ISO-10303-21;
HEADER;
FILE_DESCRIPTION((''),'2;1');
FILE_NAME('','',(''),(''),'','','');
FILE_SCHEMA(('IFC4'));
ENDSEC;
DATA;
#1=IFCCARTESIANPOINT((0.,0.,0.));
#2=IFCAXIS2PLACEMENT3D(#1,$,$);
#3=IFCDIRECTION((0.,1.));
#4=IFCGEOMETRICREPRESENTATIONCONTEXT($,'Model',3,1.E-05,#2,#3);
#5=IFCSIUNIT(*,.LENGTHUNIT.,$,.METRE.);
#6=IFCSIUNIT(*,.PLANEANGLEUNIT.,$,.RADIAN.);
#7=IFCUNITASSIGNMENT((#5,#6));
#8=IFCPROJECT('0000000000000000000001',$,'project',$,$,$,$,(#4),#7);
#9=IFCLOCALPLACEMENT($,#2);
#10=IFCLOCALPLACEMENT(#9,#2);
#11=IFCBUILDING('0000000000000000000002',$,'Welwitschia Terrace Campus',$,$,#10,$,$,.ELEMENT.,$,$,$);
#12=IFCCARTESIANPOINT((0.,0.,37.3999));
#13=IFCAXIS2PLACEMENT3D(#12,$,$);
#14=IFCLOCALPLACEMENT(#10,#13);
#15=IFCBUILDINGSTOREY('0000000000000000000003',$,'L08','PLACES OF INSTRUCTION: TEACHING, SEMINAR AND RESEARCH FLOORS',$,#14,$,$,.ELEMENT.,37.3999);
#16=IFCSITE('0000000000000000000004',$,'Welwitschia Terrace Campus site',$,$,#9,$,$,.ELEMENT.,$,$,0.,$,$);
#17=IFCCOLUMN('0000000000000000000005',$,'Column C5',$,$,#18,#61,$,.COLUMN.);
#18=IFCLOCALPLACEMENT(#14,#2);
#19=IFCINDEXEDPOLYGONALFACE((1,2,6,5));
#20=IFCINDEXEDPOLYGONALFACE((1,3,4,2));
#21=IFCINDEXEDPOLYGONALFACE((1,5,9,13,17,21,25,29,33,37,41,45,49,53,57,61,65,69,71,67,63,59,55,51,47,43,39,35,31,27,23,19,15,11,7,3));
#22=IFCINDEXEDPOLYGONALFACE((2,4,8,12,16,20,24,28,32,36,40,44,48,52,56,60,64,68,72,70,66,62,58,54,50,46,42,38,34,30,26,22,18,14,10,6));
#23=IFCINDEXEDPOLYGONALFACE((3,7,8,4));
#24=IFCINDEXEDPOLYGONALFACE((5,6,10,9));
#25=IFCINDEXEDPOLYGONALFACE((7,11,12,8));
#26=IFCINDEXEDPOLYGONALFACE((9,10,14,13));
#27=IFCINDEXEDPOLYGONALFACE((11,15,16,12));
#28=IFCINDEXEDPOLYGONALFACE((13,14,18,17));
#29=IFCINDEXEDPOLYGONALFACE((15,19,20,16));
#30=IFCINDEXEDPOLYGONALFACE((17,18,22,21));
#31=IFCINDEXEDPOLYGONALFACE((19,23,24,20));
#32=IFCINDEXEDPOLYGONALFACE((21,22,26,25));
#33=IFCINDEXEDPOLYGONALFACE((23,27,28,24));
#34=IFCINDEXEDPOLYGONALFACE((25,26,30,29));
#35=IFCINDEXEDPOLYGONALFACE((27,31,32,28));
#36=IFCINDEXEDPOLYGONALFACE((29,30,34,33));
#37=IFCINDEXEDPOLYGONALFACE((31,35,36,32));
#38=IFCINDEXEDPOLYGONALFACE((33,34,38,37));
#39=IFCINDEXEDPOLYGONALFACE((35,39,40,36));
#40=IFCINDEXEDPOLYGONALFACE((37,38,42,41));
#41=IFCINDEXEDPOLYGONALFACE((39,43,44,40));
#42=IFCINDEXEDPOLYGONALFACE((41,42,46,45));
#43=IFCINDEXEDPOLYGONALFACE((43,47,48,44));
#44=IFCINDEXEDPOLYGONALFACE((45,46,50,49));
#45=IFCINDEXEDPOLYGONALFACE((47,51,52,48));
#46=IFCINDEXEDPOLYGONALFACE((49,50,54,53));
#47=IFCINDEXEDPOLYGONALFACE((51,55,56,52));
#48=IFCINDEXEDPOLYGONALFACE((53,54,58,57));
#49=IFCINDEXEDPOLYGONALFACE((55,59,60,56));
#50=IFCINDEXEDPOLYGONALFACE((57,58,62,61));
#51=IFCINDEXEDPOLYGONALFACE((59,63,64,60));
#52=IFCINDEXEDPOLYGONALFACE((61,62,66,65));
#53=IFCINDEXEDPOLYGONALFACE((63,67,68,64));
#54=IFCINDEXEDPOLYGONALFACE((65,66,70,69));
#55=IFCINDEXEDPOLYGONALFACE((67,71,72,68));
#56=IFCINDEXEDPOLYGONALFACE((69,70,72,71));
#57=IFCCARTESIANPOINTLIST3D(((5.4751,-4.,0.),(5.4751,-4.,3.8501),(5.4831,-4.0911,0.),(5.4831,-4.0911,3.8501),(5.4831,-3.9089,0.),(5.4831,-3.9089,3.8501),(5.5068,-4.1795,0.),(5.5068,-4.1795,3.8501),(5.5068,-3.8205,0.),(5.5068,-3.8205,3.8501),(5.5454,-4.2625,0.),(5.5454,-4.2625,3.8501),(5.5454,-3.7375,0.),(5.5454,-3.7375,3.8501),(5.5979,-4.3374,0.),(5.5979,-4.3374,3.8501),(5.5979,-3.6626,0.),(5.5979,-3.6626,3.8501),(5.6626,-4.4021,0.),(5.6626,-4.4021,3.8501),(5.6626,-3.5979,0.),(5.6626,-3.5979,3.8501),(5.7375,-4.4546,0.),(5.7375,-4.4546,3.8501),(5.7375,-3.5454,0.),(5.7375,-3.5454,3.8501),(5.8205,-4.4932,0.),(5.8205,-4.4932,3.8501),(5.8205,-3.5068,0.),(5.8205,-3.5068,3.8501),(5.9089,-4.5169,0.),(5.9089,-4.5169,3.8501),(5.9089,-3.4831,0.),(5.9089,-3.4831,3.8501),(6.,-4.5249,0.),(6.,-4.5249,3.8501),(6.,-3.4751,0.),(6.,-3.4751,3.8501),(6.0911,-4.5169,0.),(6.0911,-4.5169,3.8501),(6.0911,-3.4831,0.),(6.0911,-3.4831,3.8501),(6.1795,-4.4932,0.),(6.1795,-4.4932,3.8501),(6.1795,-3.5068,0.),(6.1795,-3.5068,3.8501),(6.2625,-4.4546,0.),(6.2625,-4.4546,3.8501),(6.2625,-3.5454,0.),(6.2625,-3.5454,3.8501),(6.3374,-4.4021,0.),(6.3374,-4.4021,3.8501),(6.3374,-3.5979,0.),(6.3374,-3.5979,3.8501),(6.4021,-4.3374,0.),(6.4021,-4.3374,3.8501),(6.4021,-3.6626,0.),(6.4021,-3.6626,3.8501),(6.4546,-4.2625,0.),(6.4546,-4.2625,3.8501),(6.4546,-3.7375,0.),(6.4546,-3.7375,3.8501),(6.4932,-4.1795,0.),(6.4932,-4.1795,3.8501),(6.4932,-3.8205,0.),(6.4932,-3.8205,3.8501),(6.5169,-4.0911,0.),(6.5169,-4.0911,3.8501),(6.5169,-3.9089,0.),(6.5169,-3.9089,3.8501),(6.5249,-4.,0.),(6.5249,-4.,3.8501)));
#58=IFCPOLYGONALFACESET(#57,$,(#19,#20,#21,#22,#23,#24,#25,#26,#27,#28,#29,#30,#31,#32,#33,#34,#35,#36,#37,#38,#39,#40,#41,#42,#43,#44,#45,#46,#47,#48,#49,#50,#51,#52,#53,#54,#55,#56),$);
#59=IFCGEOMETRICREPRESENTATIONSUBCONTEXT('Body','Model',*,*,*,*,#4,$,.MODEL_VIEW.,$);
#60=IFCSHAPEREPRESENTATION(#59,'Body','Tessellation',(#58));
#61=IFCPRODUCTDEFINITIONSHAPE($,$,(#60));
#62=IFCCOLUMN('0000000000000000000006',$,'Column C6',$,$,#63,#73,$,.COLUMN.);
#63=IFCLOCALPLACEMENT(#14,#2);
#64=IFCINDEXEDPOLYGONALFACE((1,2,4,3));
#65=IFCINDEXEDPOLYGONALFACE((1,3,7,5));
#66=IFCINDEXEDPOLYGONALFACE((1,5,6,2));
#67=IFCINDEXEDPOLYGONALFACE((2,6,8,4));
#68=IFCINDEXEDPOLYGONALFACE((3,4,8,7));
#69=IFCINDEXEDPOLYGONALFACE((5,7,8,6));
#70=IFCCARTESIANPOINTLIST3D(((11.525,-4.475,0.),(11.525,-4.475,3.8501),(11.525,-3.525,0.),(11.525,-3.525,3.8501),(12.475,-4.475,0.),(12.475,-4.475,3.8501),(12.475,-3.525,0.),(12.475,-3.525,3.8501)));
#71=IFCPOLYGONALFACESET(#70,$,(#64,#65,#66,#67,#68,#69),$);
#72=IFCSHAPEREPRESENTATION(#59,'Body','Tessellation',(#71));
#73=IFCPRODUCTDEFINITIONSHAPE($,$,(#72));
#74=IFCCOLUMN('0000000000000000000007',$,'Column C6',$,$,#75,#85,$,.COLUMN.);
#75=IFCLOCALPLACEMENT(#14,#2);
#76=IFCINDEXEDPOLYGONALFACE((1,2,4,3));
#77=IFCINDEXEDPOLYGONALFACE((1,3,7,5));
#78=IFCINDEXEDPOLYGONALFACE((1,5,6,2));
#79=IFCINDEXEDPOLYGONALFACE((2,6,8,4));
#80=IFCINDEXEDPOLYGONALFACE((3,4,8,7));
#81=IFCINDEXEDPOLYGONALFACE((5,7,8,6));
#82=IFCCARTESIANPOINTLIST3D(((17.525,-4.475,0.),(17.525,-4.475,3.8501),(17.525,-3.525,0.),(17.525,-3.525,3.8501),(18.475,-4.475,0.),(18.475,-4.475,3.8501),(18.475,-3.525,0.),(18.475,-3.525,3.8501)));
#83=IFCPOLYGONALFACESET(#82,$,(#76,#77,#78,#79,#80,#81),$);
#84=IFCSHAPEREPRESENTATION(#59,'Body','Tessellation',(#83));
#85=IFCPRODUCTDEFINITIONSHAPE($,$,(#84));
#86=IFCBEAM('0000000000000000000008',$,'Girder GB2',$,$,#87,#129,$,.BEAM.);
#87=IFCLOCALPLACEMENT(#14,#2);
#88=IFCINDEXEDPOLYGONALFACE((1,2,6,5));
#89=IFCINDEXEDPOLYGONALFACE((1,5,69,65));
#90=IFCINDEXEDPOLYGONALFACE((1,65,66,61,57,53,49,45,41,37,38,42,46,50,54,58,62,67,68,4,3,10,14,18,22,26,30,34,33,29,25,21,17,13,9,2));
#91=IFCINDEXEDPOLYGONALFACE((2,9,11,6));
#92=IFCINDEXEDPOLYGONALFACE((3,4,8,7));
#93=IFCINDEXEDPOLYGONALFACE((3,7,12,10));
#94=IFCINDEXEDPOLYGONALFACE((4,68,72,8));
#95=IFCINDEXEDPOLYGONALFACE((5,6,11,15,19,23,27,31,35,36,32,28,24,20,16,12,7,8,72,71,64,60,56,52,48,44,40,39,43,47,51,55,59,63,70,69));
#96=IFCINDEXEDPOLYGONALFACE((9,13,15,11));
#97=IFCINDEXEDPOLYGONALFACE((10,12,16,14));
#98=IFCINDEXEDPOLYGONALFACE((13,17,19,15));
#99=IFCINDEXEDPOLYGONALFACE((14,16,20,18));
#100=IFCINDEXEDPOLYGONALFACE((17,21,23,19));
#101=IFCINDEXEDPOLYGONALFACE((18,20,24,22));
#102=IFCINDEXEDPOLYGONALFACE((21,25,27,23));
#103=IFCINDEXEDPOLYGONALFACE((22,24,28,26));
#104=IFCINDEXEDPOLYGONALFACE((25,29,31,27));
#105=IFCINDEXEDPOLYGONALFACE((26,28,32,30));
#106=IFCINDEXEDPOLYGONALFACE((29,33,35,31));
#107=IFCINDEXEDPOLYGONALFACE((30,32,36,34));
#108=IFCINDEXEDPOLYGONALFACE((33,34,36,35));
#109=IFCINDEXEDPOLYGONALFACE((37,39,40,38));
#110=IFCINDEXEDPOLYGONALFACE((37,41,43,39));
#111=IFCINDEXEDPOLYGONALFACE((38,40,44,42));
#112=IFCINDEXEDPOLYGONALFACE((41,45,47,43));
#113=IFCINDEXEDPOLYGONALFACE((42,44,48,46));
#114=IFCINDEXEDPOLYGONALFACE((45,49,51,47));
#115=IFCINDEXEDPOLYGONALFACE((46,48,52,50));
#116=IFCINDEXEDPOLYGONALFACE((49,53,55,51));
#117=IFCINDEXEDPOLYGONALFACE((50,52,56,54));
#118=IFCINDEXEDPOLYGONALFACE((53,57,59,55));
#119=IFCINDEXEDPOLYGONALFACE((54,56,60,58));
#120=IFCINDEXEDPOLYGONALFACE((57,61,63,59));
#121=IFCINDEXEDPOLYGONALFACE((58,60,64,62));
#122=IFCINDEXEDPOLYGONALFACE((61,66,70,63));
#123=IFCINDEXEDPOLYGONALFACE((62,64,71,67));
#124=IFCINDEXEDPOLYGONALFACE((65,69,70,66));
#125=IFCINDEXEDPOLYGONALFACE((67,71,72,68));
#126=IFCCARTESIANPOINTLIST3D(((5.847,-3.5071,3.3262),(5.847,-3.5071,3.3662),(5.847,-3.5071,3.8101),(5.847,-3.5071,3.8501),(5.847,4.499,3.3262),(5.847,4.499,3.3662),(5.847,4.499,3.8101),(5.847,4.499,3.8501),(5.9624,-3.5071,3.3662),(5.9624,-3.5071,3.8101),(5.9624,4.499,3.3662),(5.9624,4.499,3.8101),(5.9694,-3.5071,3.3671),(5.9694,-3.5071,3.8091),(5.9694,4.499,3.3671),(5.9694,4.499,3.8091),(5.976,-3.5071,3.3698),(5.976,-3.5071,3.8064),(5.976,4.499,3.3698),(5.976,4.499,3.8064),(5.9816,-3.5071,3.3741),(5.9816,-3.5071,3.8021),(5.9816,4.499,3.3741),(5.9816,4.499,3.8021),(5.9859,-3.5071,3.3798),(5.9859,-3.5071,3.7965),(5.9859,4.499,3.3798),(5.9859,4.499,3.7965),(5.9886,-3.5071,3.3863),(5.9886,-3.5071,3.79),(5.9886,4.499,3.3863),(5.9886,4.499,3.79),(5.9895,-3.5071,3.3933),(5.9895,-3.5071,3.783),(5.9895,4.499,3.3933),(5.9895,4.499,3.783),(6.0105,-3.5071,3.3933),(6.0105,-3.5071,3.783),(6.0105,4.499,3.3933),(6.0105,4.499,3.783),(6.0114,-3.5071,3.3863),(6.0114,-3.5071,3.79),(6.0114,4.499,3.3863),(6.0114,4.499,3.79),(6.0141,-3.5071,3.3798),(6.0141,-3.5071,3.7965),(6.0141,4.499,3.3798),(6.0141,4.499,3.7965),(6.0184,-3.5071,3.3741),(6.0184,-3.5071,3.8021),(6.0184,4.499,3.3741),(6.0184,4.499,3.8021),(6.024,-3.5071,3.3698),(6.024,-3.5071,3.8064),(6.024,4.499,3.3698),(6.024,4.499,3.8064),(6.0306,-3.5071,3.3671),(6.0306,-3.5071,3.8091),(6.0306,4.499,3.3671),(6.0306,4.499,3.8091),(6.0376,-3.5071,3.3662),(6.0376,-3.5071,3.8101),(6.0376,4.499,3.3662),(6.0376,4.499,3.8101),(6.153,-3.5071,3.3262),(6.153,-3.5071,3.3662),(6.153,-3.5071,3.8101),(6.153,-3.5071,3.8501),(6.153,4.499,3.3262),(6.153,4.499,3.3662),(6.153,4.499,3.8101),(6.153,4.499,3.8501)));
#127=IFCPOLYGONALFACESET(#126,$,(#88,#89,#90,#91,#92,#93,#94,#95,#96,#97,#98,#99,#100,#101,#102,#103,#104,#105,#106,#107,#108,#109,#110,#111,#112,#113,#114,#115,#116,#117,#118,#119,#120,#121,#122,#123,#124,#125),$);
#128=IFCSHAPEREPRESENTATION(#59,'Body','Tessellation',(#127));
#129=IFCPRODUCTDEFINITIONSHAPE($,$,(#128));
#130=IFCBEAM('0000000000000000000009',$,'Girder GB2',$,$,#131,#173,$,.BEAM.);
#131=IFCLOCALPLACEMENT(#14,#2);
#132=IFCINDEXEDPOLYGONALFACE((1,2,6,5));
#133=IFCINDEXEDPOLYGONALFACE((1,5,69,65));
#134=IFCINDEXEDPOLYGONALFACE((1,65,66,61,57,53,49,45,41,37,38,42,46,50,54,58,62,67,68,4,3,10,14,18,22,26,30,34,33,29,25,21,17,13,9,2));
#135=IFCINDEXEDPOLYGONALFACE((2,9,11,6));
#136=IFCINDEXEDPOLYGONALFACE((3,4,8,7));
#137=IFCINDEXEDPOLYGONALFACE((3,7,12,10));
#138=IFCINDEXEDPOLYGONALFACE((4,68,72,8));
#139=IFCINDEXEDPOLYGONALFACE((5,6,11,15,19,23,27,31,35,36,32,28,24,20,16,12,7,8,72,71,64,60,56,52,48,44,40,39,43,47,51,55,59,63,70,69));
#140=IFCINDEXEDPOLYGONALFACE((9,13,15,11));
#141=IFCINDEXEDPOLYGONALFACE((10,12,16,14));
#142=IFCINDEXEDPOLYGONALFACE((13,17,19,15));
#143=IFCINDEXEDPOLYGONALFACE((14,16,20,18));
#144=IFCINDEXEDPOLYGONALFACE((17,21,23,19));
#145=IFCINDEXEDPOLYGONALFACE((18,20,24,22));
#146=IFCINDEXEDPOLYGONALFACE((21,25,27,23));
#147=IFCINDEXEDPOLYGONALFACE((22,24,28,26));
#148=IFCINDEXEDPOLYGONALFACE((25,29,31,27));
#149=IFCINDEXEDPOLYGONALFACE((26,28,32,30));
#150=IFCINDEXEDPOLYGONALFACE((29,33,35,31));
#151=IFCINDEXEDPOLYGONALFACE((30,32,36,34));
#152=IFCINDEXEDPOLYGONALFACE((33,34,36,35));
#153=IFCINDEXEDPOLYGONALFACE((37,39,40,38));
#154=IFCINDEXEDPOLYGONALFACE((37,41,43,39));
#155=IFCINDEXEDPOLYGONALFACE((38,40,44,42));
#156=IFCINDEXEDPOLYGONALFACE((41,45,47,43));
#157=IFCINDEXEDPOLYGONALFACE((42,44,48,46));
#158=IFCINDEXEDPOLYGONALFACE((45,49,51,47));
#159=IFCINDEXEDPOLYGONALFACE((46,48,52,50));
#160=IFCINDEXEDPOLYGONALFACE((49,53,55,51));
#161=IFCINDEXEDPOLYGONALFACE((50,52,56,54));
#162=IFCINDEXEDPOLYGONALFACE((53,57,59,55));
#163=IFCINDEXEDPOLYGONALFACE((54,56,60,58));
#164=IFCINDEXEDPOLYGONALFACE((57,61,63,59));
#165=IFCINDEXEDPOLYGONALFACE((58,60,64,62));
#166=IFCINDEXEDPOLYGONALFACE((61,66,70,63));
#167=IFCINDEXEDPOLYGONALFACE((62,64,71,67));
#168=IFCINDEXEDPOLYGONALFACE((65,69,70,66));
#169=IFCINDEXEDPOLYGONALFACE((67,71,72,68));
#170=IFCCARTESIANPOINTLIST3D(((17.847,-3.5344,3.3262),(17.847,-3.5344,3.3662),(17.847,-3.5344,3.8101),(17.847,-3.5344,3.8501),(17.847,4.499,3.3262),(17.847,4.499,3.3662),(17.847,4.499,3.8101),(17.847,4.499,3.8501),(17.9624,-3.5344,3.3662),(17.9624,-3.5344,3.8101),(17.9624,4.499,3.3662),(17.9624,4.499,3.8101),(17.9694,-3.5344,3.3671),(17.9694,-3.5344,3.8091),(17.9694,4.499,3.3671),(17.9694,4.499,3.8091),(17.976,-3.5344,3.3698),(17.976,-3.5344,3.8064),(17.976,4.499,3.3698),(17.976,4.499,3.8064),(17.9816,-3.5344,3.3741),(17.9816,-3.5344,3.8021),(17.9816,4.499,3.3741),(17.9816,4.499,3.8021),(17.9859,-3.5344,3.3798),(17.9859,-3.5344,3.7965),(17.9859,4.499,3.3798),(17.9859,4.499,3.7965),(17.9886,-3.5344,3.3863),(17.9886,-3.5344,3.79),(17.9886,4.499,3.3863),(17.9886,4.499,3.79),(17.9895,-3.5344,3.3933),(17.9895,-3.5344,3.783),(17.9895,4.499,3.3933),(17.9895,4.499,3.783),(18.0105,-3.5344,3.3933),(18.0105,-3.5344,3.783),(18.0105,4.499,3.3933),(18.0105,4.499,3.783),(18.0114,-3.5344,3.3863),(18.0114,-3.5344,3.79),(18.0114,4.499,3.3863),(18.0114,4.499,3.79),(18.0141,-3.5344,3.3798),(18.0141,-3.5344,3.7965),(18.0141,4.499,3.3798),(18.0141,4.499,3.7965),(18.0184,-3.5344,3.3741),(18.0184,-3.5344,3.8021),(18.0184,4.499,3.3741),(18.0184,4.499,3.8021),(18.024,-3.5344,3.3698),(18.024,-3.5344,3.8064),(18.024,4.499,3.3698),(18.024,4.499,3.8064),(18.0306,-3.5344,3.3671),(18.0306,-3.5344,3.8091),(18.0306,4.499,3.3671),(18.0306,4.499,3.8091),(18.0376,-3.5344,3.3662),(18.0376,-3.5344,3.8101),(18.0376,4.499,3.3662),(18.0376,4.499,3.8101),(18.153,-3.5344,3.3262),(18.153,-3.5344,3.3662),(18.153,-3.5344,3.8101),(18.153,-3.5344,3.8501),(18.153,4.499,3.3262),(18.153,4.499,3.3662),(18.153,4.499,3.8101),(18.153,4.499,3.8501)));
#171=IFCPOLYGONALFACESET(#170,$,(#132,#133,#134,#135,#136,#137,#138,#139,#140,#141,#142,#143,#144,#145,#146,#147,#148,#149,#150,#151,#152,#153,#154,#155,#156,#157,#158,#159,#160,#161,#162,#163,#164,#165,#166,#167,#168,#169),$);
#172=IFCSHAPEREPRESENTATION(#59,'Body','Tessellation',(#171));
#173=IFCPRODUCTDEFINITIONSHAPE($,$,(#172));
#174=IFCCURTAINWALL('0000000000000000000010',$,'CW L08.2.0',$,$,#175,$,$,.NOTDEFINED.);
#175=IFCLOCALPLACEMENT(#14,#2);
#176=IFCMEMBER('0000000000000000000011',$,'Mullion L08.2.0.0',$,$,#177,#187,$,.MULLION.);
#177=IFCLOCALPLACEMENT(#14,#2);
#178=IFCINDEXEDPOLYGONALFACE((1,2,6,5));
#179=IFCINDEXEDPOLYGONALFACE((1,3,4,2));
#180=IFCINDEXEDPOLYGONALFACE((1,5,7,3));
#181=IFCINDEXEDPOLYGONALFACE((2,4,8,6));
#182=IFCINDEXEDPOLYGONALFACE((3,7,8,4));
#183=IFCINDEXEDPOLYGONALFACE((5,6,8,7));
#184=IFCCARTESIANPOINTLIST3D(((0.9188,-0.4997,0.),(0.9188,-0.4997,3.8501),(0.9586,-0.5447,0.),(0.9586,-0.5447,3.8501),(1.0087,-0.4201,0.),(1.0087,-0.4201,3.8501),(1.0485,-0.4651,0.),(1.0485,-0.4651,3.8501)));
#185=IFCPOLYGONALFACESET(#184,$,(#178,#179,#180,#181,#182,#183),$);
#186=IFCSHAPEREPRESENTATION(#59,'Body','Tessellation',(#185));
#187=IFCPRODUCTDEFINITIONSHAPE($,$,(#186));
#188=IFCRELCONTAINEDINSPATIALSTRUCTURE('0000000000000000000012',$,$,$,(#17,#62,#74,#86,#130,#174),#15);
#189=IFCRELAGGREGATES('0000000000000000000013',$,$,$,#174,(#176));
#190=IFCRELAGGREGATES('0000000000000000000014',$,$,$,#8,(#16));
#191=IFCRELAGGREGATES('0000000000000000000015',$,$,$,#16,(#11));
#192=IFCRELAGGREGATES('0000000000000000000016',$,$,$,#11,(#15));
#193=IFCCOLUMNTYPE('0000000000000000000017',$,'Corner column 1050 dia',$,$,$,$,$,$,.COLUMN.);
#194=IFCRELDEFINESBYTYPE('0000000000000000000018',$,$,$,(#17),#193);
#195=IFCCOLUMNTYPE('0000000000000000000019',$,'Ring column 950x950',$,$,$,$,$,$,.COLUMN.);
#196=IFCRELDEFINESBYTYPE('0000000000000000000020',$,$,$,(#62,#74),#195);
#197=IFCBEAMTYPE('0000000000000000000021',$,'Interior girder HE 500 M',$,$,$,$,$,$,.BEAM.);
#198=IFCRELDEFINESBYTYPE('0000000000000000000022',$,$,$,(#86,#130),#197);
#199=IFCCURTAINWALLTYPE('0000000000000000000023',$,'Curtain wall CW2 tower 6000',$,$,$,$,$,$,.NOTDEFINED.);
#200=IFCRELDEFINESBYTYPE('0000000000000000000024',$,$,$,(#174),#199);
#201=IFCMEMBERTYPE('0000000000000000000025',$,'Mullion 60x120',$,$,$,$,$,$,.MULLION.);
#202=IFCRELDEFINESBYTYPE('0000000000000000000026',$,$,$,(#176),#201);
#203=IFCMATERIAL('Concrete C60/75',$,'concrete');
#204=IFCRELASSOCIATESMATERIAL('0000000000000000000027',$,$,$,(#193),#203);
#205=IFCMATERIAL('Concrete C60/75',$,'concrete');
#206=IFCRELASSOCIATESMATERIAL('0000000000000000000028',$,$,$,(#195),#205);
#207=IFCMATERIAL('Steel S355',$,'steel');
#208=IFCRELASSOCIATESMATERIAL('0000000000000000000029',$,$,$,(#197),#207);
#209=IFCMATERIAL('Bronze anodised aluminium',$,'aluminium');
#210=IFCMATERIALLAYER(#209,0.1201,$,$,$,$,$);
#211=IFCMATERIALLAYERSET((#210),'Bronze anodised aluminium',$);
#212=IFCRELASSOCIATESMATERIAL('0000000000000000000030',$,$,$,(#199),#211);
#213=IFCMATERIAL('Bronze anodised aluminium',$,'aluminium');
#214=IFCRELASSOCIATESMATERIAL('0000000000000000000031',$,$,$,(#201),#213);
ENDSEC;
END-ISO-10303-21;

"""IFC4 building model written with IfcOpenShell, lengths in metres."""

from ifc_helpers import new_model, si_unit, direction, frame, origin, origin_2d, place, context, subcontext, project, spatial, rectangle, circle, i_section, extrude, material, layer, layer_set, material_profile, profile_set, type_object, element, aggregate, save


model = new_model("IFC4")

# Units and contexts
model_context = context("Model", 3, precision=1e-05, world=origin(), true_north=direction((0.0, 1.0)))
body_context = subcontext(model_context, "Body", "Model", "MODEL_VIEW")
ifc_project = project(units=[si_unit("LENGTHUNIT", "METRE"), si_unit("PLANEANGLEUNIT", "RADIAN")], contexts=[model_context])

# Site, building, storey
site_placement = place(None, origin())
site = spatial("IfcSite", under=ifc_project, at=site_placement, Name="Welwitschia Terrace Campus site", CompositionType="ELEMENT", RefElevation=0.0)
building_placement = place(site_placement, origin())
building = spatial("IfcBuilding", under=site, at=building_placement, Name="Welwitschia Terrace Campus", CompositionType="ELEMENT")
storey_placement = place(building_placement, frame((0.0, 0.0, 37.3999)))
storey = spatial("IfcBuildingStorey", under=building, at=storey_placement, Name="L08", Description="PLACES OF INSTRUCTION: TEACHING, SEMINAR AND RESEARCH FLOORS", CompositionType="ELEMENT", Elevation=37.3999)

# Columns
ifc_material_1 = material(Name="Concrete C60/75", Category="concrete")
ifc_material_profile_1 = material_profile(ifc_material_1, circle(Radius=0.5249, at=origin_2d()))
ifc_profile_set_1 = profile_set([ifc_material_profile_1], Name="Concrete C60/75")
column_type_1 = type_object("IfcColumnType", Name="Corner column 1050 dia", PredefinedType="COLUMN", material=ifc_profile_set_1)
column_placement = place(storey_placement, frame((6.0, -4.0, 0.0), z_axis=(0.0, 0.0, 1.0), x_axis=(1.0, 0.0, 0.0)))
element("IfcColumn", 1, at=column_placement, inside=storey, type_object=column_type_1, Name="Column C5", PredefinedType="COLUMN", context=body_context, shape_type="SweptSolid", body=[
    extrude(circle(Radius=0.5249, at=origin_2d()), origin(), (0.0, 0.0, 1.0), 3.8501),
])
ifc_material_2 = material(Name="Concrete C60/75", Category="concrete")
ifc_material_profile_2 = material_profile(ifc_material_2, rectangle(XDim=0.95, YDim=0.95, at=origin_2d()))
ifc_profile_set_2 = profile_set([ifc_material_profile_2], Name="Concrete C60/75")
column_type_2 = type_object("IfcColumnType", Name="Ring column 950x950", PredefinedType="COLUMN", material=ifc_profile_set_2)
for number, where, z_axis, x_axis, name in (
    (2, (12.0, -4.0, 0.0), (0.0, 0.0, 1.0), (1.0, 0.0, 0.0), "Column C6"),
    (3, (18.0, -4.0, 0.0), (0.0, 0.0, 1.0), (1.0, 0.0, 0.0), "Column C6"),
):
    element("IfcColumn", number, at=place(storey_placement, frame(where, z_axis=z_axis, x_axis=x_axis)), inside=storey, type_object=column_type_2, Name=name, PredefinedType="COLUMN", context=body_context, shape_type="SweptSolid", body=[
        extrude(rectangle(XDim=0.95, YDim=0.95, at=origin_2d()), origin(), (0.0, 0.0, 1.0), 3.8501),
    ])

# Beams
ifc_material_3 = material(Name="Steel S355", Category="steel")
ifc_material_profile_3 = material_profile(ifc_material_3, i_section(OverallWidth=0.3059, OverallDepth=0.5239, WebThickness=0.021, FlangeThickness=0.04, FilletRadius=0.0271, at=origin_2d()))
ifc_profile_set_3 = profile_set([ifc_material_profile_3], Name="Steel S355")
beam_type_1 = type_object("IfcBeamType", Name="Interior girder HE 500 M", PredefinedType="BEAM", material=ifc_profile_set_3)
beam_1_placement = place(storey_placement, frame((6.0, -3.5071, 3.5881), z_axis=(0.0, 1.0, 0.0), x_axis=(-1.0, 0.0, 0.0)))
element("IfcBeam", 4, at=beam_1_placement, inside=storey, type_object=beam_type_1, Name="Girder GB2", PredefinedType="BEAM", context=body_context, shape_type="SweptSolid", body=[
    extrude(i_section(OverallWidth=0.3059, OverallDepth=0.5239, WebThickness=0.021, FlangeThickness=0.04, FilletRadius=0.0271, at=origin_2d()), origin(), (0.0, 0.0, 1.0), 8.0061),
])
beam_2_placement = place(storey_placement, frame((18.0, -3.5344, 3.5881), z_axis=(0.0, 1.0, 0.0), x_axis=(-1.0, 0.0, 0.0)))
element("IfcBeam", 5, at=beam_2_placement, inside=storey, type_object=beam_type_1, Name="Girder GB2", PredefinedType="BEAM", context=body_context, shape_type="SweptSolid", body=[
    extrude(i_section(OverallWidth=0.3059, OverallDepth=0.5239, WebThickness=0.021, FlangeThickness=0.04, FilletRadius=0.0271, at=origin_2d()), origin(), (0.0, 0.0, 1.0), 8.0334),
])

# Curtain wall, member
ifc_material_4 = material(Name="Bronze anodised aluminium", Category="aluminium")
ifc_layer_1 = layer(ifc_material_4, 0.1201)
ifc_layer_set_1 = layer_set([ifc_layer_1], Name="Bronze anodised aluminium")
curtain_wall_type = type_object("IfcCurtainWallType", Name="Curtain wall CW2 tower 6000", PredefinedType="NOTDEFINED", material=ifc_layer_set_1)
curtain_wall_1_placement = place(storey_placement, origin())
curtain_wall_1 = element("IfcCurtainWall", 6, at=curtain_wall_1_placement, inside=storey, type_object=curtain_wall_type, Name="CW L08.2.0", PredefinedType="NOTDEFINED")
ifc_material_5 = material(Name="Bronze anodised aluminium", Category="aluminium")
ifc_material_profile_4 = material_profile(ifc_material_5, rectangle(XDim=0.1201, YDim=0.0601, at=origin_2d()))
ifc_profile_set_4 = profile_set([ifc_material_profile_4], Name="Bronze anodised aluminium")
member_type_1 = type_object("IfcMemberType", Name="Mullion 60x120", PredefinedType="MULLION", material=ifc_profile_set_4)
member_1_placement = place(storey_placement, frame((0.9836, -0.4824, 0.0), z_axis=(0.0, 0.0, 1.0), x_axis=(0.748956, 0.66262, 0.0)))
member_1 = element("IfcMember", 7, at=member_1_placement, type_object=member_type_1, Name="Mullion L08.2.0.0", PredefinedType="MULLION", context=body_context, shape_type="SweptSolid", body=[
    extrude(rectangle(XDim=0.1201, YDim=0.0601, at=origin_2d()), origin(), (0.0, 0.0, 1.0), 3.8501),
])

aggregate(curtain_wall_1, [member_1])

save(model, "model.ifc")
